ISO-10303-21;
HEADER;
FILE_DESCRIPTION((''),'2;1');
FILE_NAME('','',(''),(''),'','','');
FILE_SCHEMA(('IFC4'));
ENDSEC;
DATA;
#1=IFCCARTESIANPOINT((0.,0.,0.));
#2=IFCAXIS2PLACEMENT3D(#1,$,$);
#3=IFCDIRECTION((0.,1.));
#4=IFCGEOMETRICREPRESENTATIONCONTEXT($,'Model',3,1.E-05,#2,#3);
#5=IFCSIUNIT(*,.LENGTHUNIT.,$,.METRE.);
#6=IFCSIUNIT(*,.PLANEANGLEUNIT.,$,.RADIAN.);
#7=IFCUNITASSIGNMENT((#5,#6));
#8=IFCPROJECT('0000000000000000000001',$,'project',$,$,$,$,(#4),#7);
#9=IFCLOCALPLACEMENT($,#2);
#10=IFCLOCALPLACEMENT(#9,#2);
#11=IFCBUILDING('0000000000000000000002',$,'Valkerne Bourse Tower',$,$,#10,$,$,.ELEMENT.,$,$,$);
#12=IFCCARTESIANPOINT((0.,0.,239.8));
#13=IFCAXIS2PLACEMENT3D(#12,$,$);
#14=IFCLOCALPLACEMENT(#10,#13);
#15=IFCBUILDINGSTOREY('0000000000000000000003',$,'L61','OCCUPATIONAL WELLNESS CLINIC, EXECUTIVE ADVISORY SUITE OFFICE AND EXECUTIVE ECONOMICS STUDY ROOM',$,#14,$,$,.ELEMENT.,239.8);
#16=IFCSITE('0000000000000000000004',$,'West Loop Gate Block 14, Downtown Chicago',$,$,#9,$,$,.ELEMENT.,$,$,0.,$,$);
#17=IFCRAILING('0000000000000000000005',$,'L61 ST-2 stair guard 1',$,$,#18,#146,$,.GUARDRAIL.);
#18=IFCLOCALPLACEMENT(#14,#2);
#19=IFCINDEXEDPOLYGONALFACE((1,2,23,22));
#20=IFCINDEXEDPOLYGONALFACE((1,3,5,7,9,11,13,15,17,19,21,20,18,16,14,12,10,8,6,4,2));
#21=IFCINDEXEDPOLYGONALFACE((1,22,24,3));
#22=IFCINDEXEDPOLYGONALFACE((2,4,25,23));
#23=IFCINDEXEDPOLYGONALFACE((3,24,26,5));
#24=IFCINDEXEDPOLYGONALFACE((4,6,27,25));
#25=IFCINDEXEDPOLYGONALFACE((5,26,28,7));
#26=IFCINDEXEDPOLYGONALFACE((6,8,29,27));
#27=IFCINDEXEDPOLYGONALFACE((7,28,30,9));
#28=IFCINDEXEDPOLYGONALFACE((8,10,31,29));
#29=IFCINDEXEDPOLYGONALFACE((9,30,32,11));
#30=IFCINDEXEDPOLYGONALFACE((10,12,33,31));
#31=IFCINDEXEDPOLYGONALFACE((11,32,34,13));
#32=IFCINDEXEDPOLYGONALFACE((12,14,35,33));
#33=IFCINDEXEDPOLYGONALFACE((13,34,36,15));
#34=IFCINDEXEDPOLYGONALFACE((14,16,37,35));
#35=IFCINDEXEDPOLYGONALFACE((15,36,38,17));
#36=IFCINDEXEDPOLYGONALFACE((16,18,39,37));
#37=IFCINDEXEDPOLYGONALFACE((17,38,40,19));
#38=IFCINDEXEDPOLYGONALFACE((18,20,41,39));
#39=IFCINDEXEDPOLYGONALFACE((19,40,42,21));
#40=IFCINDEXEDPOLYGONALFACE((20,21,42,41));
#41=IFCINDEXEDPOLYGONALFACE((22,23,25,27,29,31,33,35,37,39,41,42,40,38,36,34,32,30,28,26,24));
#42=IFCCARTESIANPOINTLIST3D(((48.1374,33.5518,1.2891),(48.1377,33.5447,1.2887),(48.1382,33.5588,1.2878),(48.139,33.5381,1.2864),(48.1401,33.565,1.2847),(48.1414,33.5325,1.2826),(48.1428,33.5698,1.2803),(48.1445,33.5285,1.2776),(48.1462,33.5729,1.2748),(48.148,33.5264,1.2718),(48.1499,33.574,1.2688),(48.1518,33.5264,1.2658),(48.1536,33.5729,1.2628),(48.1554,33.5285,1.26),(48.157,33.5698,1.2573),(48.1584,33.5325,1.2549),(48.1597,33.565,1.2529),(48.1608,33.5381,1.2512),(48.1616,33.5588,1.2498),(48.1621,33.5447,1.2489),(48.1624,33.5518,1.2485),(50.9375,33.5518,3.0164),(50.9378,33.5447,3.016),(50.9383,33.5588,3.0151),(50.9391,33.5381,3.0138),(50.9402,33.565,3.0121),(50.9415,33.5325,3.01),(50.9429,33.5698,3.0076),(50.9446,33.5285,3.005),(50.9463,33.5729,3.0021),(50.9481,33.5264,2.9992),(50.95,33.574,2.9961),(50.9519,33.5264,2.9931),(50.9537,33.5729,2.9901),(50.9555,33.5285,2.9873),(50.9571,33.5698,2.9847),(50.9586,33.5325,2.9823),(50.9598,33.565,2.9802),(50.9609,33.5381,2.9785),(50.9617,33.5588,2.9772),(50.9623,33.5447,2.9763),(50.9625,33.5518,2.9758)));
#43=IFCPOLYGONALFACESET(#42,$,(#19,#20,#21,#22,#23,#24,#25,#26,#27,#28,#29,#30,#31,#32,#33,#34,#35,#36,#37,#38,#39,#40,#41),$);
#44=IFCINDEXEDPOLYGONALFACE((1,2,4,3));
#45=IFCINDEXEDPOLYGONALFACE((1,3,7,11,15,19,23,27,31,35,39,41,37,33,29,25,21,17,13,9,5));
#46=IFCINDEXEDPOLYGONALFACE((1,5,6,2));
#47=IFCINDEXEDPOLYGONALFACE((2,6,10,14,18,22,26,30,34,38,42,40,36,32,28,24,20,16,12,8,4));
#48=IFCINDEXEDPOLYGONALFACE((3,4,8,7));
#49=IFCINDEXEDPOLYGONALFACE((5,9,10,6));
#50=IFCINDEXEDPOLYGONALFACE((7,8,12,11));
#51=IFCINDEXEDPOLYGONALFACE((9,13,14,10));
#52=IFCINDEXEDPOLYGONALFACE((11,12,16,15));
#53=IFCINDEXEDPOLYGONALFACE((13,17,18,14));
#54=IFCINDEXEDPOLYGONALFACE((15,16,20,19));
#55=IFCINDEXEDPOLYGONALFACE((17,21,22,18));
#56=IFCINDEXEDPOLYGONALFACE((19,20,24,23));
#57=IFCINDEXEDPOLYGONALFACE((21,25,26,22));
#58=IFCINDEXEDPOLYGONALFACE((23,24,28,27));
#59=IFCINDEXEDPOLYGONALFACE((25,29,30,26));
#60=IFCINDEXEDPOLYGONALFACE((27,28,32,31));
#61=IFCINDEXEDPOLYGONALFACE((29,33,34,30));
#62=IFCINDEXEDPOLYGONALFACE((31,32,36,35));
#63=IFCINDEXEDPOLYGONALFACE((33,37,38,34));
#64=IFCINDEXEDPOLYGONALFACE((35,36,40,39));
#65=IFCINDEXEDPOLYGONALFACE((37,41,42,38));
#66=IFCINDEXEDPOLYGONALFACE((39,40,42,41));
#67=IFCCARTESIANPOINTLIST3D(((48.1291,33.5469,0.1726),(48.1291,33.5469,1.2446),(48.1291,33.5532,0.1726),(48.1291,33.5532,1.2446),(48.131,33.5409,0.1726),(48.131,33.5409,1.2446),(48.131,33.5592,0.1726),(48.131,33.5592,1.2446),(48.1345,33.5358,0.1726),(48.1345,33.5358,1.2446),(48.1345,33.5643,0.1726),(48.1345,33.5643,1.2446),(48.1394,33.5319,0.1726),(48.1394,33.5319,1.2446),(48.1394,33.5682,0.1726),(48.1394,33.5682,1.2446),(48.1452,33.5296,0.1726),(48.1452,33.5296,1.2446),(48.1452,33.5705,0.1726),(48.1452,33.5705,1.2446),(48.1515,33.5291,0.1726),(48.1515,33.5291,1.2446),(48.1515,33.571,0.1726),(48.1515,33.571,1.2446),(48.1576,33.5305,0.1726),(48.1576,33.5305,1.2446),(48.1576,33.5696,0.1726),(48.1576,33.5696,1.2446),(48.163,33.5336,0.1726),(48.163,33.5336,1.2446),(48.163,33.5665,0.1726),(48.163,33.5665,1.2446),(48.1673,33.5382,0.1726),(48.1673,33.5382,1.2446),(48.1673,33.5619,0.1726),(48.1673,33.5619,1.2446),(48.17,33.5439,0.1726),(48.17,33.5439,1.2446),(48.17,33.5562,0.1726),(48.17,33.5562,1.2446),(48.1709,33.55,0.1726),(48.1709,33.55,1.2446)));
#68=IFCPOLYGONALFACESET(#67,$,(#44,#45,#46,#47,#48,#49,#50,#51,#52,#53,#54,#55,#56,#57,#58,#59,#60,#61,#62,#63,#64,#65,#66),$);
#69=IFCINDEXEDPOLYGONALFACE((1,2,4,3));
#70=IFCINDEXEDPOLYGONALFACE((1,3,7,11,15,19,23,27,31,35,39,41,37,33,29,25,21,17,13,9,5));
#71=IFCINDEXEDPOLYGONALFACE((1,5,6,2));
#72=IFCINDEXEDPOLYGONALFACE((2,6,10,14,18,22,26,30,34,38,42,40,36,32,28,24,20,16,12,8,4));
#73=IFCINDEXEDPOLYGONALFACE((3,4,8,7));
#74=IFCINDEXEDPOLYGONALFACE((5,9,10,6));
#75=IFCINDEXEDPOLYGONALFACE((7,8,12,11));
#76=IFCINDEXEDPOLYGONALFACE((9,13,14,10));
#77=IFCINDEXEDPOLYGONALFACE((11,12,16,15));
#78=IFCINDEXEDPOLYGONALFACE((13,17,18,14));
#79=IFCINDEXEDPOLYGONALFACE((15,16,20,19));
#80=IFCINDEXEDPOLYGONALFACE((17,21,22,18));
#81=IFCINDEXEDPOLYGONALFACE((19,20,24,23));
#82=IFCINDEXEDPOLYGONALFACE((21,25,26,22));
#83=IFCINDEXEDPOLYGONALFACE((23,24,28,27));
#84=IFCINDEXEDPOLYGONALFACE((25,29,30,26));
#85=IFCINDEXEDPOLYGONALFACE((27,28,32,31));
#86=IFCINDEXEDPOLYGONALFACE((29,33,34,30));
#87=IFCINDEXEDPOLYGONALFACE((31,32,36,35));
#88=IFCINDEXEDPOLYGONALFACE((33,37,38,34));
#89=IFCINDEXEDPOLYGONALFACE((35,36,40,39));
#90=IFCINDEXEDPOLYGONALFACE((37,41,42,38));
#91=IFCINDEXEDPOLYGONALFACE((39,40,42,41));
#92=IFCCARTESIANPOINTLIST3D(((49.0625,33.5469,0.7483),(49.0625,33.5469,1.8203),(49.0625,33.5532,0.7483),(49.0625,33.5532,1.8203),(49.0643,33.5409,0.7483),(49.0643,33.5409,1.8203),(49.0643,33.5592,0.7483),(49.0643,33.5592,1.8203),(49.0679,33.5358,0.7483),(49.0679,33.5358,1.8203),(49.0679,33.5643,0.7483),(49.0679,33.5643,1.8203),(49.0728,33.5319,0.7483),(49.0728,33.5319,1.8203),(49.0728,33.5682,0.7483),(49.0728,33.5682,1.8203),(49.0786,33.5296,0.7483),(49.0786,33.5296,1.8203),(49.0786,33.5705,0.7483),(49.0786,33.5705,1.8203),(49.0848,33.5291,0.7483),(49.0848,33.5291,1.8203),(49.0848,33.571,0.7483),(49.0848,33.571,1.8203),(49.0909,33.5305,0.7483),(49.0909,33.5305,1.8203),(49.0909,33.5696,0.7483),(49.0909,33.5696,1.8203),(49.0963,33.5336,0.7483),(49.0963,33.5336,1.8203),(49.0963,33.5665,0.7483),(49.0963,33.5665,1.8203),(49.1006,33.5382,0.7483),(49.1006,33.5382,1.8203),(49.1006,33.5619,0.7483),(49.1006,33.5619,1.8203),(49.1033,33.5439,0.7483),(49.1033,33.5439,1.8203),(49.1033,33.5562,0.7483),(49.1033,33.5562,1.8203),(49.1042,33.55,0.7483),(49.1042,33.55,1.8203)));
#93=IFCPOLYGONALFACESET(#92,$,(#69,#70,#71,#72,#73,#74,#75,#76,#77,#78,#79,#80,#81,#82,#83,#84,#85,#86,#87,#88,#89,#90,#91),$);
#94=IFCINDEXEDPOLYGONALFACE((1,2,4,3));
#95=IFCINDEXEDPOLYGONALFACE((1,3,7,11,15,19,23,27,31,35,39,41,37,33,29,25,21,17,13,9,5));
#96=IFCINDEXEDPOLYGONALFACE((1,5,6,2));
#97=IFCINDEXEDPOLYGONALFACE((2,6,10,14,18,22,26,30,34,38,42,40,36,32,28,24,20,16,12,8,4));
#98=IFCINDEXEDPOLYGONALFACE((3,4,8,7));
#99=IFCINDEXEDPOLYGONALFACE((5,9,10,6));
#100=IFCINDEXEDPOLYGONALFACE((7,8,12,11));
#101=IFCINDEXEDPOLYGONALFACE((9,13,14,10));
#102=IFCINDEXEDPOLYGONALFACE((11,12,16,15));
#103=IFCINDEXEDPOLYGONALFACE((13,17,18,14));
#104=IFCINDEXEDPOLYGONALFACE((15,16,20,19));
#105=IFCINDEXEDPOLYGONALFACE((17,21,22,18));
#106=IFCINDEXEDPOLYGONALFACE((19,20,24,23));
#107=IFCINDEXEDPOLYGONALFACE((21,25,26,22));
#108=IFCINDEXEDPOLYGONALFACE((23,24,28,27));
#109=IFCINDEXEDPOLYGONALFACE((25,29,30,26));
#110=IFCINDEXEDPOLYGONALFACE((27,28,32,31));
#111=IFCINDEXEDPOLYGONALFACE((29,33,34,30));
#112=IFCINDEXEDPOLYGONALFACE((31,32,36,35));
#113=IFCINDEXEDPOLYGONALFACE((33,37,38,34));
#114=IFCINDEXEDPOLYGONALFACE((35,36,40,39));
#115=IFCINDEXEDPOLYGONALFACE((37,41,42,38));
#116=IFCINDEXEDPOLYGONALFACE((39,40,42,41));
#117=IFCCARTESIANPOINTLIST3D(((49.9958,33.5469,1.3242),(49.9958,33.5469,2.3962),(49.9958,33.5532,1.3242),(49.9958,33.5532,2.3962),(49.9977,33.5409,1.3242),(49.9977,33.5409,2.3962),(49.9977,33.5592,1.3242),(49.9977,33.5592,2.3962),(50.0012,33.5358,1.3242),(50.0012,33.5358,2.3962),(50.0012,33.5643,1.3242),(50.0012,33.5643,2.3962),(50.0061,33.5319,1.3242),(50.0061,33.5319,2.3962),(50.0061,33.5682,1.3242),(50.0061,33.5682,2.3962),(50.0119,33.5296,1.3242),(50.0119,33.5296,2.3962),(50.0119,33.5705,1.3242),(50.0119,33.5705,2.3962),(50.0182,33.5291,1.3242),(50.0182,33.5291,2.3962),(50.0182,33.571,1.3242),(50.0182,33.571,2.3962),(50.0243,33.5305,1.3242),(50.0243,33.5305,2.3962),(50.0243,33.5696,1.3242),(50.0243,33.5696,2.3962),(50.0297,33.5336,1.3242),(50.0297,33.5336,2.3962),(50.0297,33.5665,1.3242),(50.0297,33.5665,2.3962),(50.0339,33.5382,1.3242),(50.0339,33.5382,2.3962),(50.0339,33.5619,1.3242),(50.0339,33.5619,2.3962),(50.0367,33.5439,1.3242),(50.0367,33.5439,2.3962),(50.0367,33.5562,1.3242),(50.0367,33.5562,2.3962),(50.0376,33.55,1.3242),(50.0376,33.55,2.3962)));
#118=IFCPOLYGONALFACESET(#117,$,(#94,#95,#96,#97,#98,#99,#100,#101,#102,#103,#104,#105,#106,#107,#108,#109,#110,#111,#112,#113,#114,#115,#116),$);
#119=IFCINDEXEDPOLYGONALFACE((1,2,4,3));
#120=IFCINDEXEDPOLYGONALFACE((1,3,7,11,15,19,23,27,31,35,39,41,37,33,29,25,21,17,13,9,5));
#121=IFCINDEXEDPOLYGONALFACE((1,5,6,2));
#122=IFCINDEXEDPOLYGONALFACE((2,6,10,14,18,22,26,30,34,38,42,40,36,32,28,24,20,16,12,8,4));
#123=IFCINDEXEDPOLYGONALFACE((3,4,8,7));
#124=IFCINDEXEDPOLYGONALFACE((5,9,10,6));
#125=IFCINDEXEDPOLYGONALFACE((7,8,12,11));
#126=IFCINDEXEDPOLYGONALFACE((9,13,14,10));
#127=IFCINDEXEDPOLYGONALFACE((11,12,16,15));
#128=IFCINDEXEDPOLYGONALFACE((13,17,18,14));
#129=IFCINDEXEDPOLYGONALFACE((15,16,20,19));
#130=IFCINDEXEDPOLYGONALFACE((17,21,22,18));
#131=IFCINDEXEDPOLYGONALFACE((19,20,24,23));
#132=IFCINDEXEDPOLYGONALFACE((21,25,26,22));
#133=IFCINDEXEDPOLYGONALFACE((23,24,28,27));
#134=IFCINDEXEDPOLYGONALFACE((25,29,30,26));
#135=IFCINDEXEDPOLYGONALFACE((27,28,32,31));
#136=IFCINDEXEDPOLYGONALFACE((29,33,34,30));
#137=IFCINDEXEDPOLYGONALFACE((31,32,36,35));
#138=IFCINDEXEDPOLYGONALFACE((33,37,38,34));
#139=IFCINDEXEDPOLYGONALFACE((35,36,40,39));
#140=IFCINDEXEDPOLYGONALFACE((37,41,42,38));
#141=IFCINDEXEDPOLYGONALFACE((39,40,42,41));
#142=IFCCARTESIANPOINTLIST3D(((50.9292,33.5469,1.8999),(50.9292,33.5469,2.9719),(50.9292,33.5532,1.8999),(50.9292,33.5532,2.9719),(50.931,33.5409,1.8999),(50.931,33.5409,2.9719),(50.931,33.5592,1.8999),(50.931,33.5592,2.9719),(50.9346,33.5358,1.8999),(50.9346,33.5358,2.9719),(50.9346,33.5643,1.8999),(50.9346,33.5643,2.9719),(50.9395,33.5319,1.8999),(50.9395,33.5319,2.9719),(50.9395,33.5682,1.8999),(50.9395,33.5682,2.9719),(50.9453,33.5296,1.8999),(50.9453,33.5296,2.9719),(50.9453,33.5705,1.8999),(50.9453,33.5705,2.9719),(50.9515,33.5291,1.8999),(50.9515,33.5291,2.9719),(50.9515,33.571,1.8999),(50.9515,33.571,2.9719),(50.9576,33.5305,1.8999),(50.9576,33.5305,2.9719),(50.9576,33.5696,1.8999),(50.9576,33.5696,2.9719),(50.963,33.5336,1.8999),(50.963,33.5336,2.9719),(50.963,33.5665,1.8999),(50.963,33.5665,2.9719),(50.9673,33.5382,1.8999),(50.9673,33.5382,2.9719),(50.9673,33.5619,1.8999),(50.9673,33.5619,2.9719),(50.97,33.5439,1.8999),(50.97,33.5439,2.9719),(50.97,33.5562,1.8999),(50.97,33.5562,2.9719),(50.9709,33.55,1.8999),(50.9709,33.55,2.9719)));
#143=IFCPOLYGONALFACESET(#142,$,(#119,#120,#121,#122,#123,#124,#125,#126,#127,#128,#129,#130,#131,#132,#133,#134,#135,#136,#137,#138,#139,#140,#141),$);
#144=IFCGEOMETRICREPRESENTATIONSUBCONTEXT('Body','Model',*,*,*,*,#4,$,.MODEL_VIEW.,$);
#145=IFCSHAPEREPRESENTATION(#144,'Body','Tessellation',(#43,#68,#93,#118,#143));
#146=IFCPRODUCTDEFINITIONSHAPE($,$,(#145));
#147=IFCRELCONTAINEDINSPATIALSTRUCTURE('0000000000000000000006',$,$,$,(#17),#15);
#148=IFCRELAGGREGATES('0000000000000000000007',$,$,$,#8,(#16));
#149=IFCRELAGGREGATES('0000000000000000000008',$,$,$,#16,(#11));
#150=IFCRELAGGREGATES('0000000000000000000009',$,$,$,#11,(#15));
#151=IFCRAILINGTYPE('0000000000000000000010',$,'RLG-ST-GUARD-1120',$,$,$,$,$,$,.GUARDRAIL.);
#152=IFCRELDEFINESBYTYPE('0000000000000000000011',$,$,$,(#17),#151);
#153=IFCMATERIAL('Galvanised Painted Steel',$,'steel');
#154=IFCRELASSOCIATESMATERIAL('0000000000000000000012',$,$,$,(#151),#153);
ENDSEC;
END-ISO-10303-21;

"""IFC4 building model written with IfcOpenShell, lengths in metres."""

from ifc_helpers import new_model, si_unit, direction, frame, origin, origin_2d, place, context, subcontext, project, spatial, circle, extrude, material, type_object, element, save


model = new_model("IFC4")

# Units and contexts
model_context = context("Model", 3, precision=1e-05, world=origin(), true_north=direction((0.0, 1.0)))
body_context = subcontext(model_context, "Body", "Model", "MODEL_VIEW")
ifc_project = project(units=[si_unit("LENGTHUNIT", "METRE"), si_unit("PLANEANGLEUNIT", "RADIAN")], contexts=[model_context])

# Site, building, storey
site_placement = place(None, origin())
site = spatial("IfcSite", under=ifc_project, at=site_placement, Name="West Loop Gate Block 14, Downtown Chicago", CompositionType="ELEMENT", RefElevation=0.0)
building_placement = place(site_placement, origin())
building = spatial("IfcBuilding", under=site, at=building_placement, Name="Valkerne Bourse Tower", CompositionType="ELEMENT")
storey_placement = place(building_placement, frame((0.0, 0.0, 239.8)))
storey = spatial("IfcBuildingStorey", under=building, at=storey_placement, Name="L61", Description="OCCUPATIONAL WELLNESS CLINIC, EXECUTIVE ADVISORY SUITE OFFICE AND EXECUTIVE ECONOMICS STUDY ROOM", CompositionType="ELEMENT", Elevation=239.8)

# Shared definitions
ifc_material_1 = material(Name="Galvanised Painted Steel", Category="steel")

# Railing
railing_type_1 = type_object("IfcRailingType", Name="RLG-ST-GUARD-1120", PredefinedType="GUARDRAIL", material=ifc_material_1)
railing_1_placement = place(storey_placement, frame((48.1499, 33.55, 0.1726)))
element("IfcRailing", 1, at=railing_1_placement, inside=storey, type_object=railing_type_1, Name="L61 ST-2 stair guard 1", PredefinedType="GUARDRAIL", context=body_context, shape_type="SweptSolid", body=[
    extrude(circle(Radius=0.0239, at=origin_2d()), frame((0.0, 0.0, 1.0962), z_axis=(0.85109, 0.0, 0.52502), x_axis=(0.0, 1.0, 0.0)), (0.0, 0.0, 1.0), 3.29),
    extrude(circle(Radius=0.021, at=origin_2d()), origin(), (0.0, 0.0, 1.0), 1.072),
    extrude(circle(Radius=0.021, at=origin_2d()), frame((0.9333, 0.0, 0.5757)), (0.0, 0.0, 1.0), 1.072),
    extrude(circle(Radius=0.021, at=origin_2d()), frame((1.8667, 0.0, 1.1516)), (0.0, 0.0, 1.0), 1.072),
    extrude(circle(Radius=0.021, at=origin_2d()), frame((2.8, 0.0, 1.7273)), (0.0, 0.0, 1.0), 1.072),
])

save(model, "model.ifc")
